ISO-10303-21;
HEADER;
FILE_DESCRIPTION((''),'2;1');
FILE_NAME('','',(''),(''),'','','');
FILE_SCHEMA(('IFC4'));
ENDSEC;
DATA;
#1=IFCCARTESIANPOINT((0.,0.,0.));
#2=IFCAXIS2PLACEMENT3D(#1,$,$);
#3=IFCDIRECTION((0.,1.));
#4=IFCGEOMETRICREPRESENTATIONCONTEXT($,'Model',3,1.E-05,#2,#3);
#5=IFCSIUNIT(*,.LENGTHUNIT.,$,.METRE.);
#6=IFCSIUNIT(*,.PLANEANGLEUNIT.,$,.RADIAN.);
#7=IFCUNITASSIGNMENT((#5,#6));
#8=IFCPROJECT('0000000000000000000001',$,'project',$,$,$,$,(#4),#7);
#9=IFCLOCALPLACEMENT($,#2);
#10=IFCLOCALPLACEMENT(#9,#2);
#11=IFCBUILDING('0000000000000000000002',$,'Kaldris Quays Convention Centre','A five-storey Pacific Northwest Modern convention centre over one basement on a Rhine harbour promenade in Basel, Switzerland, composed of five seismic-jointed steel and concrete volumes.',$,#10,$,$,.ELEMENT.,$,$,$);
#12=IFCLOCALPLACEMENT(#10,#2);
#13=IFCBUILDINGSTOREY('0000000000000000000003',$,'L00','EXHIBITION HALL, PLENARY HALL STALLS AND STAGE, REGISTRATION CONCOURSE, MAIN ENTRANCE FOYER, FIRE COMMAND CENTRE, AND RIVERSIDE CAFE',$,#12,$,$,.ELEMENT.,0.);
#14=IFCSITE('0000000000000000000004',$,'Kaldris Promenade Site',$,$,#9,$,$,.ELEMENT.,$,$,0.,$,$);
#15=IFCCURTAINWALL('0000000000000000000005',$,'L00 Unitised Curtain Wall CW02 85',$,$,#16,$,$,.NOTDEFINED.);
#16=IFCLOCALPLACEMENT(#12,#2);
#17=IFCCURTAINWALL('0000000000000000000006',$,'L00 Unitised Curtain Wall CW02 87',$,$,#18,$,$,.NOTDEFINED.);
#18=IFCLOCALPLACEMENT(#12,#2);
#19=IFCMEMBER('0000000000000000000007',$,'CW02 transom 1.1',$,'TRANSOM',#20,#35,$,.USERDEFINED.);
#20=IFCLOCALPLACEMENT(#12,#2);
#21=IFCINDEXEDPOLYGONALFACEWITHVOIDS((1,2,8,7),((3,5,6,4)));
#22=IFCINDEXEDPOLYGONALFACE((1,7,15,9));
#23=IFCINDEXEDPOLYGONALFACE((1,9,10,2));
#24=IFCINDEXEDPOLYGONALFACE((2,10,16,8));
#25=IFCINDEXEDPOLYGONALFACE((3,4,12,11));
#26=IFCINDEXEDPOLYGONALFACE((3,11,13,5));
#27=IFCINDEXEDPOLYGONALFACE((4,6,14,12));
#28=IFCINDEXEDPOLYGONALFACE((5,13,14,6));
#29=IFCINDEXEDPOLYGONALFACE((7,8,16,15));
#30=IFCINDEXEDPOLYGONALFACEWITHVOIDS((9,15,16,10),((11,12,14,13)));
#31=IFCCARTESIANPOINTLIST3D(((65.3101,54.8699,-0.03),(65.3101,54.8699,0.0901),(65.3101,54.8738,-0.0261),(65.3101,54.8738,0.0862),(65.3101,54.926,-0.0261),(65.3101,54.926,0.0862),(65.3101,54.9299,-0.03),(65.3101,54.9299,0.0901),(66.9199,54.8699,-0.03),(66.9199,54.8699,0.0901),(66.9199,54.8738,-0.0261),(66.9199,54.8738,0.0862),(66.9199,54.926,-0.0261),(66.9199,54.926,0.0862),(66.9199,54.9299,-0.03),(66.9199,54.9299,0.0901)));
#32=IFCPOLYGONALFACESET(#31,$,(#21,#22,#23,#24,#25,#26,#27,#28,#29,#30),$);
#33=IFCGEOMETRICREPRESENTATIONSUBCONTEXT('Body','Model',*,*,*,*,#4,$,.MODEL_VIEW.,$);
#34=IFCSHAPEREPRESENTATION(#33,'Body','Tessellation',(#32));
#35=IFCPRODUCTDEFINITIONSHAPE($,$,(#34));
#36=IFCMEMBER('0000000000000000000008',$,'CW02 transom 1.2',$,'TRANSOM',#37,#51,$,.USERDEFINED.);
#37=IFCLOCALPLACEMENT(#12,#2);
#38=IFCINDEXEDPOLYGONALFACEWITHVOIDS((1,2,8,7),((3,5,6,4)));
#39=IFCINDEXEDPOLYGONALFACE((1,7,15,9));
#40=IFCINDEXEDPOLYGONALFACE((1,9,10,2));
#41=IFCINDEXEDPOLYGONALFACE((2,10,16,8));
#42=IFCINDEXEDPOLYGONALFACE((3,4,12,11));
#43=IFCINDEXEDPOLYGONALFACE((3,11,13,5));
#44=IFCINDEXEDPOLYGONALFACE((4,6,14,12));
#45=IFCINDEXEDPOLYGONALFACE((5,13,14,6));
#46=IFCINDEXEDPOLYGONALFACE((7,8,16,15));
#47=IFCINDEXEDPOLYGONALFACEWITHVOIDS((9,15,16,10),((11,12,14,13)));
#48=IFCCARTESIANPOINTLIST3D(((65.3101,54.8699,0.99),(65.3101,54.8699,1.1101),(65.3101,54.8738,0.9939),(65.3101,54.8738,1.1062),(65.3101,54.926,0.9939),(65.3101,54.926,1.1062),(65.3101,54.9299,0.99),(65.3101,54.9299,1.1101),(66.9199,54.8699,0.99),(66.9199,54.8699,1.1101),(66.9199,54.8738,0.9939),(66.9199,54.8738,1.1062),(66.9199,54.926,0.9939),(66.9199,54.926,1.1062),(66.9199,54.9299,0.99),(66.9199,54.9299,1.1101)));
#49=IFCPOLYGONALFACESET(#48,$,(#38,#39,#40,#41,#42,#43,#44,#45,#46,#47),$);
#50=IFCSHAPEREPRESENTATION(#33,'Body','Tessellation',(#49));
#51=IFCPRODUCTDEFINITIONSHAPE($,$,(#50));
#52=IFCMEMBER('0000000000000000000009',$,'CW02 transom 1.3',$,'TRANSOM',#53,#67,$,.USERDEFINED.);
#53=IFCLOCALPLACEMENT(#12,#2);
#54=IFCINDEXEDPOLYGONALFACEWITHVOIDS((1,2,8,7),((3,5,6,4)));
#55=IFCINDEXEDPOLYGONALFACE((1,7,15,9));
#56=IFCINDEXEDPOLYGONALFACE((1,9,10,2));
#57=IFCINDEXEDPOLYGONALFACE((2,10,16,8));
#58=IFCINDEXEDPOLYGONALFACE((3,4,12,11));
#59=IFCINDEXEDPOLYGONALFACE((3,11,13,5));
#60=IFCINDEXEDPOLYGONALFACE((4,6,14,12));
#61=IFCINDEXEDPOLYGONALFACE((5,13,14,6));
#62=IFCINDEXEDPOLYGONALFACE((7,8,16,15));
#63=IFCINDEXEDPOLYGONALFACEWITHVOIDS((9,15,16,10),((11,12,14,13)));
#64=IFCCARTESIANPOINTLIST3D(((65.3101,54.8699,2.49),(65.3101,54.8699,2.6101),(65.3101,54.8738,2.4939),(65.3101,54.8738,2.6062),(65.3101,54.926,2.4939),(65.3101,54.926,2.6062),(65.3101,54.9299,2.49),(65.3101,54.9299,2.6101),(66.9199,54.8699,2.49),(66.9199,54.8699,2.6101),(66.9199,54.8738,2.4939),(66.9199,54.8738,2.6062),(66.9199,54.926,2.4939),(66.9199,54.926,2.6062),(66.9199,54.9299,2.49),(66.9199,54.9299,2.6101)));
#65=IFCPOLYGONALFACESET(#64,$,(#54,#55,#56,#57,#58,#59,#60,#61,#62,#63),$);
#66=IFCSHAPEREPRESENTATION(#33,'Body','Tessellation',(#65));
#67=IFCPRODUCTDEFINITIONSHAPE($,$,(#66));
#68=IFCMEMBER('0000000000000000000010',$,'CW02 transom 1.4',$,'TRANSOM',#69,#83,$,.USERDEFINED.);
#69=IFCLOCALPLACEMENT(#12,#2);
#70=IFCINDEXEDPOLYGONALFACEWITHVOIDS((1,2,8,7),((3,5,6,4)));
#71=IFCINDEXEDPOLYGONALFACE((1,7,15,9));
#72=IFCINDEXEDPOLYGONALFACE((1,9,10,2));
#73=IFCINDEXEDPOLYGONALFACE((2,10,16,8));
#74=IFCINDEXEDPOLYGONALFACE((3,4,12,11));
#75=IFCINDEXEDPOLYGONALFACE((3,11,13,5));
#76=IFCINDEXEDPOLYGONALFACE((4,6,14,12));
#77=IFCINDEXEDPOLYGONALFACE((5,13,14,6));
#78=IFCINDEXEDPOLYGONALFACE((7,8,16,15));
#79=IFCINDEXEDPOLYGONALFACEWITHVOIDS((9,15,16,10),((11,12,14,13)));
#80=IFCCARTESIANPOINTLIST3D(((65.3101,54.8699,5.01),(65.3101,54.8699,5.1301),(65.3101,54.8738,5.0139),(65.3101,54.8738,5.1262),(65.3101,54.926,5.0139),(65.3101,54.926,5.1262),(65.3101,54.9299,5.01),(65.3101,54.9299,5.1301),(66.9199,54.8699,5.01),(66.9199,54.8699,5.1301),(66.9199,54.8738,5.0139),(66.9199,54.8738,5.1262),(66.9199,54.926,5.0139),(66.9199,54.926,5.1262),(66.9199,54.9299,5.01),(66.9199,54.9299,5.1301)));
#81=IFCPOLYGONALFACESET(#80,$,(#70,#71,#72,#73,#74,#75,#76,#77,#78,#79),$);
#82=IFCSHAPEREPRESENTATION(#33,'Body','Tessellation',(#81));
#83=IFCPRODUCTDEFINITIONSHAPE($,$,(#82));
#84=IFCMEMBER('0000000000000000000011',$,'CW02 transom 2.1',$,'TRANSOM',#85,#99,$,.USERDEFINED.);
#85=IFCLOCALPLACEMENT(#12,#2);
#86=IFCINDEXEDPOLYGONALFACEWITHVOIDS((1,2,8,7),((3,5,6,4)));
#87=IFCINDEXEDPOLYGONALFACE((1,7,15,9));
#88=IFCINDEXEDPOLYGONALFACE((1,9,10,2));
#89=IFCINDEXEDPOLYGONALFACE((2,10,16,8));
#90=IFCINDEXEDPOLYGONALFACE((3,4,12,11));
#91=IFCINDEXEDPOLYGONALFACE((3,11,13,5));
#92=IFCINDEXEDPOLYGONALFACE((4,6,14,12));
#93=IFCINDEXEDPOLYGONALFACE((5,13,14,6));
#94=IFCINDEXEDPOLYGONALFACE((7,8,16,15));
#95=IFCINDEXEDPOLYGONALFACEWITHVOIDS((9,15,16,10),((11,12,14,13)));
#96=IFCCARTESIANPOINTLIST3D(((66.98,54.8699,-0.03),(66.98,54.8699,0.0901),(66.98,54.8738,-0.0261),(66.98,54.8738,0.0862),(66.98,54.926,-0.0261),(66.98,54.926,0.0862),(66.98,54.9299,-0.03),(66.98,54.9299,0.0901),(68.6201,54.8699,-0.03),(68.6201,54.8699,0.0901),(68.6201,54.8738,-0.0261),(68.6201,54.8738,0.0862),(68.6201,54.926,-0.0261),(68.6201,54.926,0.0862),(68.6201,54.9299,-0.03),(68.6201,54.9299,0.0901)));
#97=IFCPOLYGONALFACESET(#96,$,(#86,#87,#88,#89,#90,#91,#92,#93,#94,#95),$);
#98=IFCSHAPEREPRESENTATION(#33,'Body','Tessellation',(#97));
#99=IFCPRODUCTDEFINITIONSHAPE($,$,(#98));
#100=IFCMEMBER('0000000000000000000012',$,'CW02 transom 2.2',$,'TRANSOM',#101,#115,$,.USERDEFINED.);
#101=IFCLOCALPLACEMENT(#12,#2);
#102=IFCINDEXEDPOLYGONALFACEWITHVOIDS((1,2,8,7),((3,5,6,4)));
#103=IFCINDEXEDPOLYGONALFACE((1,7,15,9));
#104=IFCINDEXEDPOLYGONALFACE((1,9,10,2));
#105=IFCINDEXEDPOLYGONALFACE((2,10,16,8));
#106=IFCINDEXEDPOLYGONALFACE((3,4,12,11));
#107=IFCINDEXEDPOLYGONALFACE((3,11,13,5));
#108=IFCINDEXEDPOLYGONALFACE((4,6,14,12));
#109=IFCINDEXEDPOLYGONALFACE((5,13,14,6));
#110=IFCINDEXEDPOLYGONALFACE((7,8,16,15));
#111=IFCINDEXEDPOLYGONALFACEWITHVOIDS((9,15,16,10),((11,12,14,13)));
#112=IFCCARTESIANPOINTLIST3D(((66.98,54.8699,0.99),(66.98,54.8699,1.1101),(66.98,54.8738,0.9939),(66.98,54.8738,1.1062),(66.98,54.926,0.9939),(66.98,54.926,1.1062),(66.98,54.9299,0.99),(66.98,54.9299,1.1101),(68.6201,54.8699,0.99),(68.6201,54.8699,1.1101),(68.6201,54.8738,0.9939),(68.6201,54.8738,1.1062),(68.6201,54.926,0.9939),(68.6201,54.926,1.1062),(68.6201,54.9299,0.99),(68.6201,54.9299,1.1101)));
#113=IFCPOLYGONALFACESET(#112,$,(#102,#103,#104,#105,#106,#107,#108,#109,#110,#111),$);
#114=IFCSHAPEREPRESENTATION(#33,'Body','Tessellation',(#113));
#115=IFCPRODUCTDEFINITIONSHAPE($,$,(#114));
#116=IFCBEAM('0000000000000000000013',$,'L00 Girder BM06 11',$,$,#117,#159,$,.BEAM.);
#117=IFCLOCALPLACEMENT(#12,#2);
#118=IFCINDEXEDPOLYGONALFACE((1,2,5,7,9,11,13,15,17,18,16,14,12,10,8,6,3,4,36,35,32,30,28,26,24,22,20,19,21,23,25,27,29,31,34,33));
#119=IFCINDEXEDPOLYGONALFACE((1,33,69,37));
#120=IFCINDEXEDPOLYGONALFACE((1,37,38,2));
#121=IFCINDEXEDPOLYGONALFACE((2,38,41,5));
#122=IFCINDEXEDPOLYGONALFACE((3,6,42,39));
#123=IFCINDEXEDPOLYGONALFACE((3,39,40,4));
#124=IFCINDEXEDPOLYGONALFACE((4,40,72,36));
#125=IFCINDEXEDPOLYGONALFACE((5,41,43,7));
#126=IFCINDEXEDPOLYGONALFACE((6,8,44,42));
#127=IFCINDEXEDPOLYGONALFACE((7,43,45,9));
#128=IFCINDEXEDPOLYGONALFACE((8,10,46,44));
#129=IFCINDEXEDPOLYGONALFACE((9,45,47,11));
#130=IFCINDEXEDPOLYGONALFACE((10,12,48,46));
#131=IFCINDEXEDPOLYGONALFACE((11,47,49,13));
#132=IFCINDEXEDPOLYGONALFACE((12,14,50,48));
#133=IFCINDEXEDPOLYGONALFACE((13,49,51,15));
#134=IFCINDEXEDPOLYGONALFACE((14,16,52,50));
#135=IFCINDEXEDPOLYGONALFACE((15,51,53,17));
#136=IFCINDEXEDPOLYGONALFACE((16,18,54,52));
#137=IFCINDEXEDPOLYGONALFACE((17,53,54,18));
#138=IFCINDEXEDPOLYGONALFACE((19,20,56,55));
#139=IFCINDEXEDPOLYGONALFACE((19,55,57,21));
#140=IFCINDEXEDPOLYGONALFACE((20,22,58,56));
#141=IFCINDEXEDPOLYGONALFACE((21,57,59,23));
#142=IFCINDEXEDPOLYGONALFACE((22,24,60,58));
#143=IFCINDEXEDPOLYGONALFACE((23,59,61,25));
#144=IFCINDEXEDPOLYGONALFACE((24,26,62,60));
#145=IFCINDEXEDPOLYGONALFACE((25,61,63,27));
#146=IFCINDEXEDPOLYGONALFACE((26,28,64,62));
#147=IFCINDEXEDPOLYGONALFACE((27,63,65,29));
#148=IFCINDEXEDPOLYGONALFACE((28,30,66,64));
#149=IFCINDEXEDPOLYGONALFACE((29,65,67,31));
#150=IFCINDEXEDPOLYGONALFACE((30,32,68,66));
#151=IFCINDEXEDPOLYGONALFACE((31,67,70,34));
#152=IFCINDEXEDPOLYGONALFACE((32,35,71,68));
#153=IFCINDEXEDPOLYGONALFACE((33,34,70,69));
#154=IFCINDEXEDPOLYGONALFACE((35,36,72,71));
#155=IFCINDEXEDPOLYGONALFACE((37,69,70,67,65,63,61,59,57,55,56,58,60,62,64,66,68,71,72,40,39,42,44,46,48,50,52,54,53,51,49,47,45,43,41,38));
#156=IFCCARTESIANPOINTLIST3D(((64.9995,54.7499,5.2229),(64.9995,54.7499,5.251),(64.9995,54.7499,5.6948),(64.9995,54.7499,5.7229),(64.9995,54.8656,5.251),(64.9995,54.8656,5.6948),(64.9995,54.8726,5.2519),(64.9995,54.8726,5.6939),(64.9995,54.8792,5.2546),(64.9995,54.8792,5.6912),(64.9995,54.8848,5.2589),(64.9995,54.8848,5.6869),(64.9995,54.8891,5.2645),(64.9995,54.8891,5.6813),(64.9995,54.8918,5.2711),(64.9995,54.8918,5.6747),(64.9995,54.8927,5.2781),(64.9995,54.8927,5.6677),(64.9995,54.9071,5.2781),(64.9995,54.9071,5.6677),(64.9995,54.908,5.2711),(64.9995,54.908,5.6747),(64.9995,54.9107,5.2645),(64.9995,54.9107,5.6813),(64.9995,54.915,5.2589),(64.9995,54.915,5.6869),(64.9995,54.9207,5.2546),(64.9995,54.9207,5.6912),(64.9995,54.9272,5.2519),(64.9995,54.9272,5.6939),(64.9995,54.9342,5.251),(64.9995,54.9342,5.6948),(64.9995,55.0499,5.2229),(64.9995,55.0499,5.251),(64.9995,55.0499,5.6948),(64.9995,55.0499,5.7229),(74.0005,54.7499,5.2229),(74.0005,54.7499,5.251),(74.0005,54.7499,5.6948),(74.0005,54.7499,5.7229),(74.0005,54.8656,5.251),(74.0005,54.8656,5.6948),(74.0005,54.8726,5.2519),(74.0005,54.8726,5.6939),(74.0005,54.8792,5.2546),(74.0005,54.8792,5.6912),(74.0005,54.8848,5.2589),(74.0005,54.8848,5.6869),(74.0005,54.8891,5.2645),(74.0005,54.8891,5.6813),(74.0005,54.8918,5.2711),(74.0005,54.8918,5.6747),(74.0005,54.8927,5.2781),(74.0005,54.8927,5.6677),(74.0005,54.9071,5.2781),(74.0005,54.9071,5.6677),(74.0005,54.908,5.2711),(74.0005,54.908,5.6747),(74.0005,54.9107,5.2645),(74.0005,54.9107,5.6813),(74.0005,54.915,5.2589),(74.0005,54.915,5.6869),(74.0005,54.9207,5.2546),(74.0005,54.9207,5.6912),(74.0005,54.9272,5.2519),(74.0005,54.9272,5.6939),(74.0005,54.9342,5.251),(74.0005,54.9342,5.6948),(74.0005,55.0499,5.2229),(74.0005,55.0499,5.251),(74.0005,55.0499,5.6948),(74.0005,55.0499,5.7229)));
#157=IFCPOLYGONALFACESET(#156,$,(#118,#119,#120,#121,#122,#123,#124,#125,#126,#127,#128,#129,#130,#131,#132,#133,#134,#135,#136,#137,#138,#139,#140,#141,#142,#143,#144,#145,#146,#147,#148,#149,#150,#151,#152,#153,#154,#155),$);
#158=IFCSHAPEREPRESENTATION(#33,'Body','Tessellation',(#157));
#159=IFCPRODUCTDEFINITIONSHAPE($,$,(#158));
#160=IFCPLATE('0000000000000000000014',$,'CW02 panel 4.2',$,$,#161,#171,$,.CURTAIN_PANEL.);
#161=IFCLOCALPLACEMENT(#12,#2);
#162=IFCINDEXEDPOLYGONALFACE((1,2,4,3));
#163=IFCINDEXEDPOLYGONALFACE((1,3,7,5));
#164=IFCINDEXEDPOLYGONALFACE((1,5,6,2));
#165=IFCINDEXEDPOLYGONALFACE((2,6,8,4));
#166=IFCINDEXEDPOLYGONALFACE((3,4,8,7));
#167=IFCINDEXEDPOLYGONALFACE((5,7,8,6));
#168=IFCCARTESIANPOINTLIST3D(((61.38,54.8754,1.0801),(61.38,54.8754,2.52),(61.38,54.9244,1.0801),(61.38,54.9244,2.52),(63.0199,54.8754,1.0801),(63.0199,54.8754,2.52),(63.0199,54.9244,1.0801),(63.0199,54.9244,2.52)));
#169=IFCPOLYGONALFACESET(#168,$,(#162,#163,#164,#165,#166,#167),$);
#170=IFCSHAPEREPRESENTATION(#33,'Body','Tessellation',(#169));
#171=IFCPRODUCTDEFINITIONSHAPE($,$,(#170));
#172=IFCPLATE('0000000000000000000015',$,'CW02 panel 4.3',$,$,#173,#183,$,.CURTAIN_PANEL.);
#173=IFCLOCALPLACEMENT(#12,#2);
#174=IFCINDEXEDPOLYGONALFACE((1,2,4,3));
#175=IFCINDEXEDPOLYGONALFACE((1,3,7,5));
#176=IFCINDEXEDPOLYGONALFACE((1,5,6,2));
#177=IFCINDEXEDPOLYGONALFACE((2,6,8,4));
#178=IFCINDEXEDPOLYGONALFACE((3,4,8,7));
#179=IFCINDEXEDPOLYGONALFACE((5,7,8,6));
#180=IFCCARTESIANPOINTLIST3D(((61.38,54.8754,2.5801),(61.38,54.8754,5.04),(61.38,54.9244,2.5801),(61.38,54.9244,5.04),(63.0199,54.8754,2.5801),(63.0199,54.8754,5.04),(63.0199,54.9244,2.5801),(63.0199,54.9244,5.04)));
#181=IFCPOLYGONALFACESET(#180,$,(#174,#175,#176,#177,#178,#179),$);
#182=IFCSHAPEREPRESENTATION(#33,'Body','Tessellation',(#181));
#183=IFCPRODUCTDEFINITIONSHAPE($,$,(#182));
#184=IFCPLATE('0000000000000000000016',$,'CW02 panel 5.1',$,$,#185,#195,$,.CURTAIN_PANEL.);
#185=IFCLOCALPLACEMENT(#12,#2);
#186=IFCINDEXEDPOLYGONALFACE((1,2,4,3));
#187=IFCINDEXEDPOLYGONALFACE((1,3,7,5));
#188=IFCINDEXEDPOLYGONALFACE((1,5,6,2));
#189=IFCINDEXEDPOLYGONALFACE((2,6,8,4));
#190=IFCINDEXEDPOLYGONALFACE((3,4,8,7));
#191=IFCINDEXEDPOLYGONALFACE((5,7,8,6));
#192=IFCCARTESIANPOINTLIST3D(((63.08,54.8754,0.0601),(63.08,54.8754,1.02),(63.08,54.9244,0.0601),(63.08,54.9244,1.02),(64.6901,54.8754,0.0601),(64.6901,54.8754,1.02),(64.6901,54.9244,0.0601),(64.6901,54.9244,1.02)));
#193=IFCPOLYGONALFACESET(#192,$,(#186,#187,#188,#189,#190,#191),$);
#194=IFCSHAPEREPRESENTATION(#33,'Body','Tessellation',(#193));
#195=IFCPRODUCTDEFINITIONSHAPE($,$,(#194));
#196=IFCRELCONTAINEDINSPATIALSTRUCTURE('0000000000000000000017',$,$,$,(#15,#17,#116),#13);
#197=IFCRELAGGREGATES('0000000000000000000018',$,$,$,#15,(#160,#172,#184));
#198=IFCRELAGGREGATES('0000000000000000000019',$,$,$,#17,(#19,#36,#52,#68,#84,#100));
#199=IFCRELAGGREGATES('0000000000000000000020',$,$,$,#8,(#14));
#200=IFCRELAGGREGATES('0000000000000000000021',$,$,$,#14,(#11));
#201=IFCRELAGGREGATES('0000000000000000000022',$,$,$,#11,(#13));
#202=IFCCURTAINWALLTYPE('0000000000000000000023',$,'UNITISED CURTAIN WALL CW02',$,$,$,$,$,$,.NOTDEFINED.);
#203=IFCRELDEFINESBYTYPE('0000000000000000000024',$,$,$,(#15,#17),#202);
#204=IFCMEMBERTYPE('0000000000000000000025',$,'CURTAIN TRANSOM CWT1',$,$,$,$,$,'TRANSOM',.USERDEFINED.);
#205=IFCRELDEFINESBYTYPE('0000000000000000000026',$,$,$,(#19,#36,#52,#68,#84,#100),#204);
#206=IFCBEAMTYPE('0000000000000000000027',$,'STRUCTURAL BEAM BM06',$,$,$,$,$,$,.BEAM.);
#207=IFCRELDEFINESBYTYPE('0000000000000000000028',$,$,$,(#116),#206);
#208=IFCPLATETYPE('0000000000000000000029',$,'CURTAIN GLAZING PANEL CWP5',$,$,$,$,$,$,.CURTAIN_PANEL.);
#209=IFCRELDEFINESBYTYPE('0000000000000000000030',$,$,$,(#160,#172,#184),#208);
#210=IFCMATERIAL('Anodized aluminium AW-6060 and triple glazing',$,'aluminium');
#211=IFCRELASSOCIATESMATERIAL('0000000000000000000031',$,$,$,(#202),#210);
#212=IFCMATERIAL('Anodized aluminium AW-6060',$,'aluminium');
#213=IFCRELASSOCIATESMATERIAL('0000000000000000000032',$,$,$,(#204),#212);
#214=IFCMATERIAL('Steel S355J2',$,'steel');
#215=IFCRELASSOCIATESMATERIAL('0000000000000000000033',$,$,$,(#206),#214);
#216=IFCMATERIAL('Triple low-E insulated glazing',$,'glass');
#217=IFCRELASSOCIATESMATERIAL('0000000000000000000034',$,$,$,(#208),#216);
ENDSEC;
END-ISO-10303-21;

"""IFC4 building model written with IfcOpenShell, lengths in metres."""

from ifc_helpers import new_model, si_unit, direction, frame, origin, origin_2d, place, context, subcontext, project, spatial, rectangle, hollow_rectangle, i_section, extrude, material, material_profile, profile_set, type_object, element, aggregate, save


model = new_model("IFC4")

# Units and contexts
model_context = context("Model", 3, precision=1e-05, world=origin(), true_north=direction((0.0, 1.0)))
body_context = subcontext(model_context, "Body", "Model", "MODEL_VIEW")
ifc_project = project(units=[si_unit("LENGTHUNIT", "METRE"), si_unit("PLANEANGLEUNIT", "RADIAN")], contexts=[model_context])

# Site, building, storey
site_placement = place(None, origin())
site = spatial("IfcSite", under=ifc_project, at=site_placement, Name="Kaldris Promenade Site", CompositionType="ELEMENT", RefElevation=0.0)
building_placement = place(site_placement, origin())
building = spatial("IfcBuilding", under=site, at=building_placement, Name="Kaldris Quays Convention Centre", Description="A five-storey Pacific Northwest Modern convention centre over one basement on a Rhine harbour promenade in Basel, Switzerland, composed of five seismic-jointed steel and concrete volumes.", CompositionType="ELEMENT")
storey_placement = place(building_placement, origin())
storey = spatial("IfcBuildingStorey", under=building, at=storey_placement, Name="L00", Description="EXHIBITION HALL, PLENARY HALL STALLS AND STAGE, REGISTRATION CONCOURSE, MAIN ENTRANCE FOYER, FIRE COMMAND CENTRE, AND RIVERSIDE CAFE", CompositionType="ELEMENT", Elevation=0.0)

# Shared definitions
ifc_material_1 = material(Name="Steel S355J2", Category="steel")

# Curtain walls
ifc_material_2 = material(Name="Anodized aluminium AW-6060 and triple glazing", Category="aluminium")
curtain_wall_type = type_object("IfcCurtainWallType", Name="UNITISED CURTAIN WALL CW02", PredefinedType="NOTDEFINED", material=ifc_material_2)
curtain_wall_1_placement = place(storey_placement, origin())
curtain_wall_1 = element("IfcCurtainWall", 1, at=curtain_wall_1_placement, inside=storey, type_object=curtain_wall_type, Name="L00 Unitised Curtain Wall CW02 85", PredefinedType="NOTDEFINED")
ifc_material_3 = material(Name="Anodized aluminium AW-6060", Category="aluminium")
curtain_wall_2_placement = place(storey_placement, origin())
curtain_wall_2 = element("IfcCurtainWall", 2, at=curtain_wall_2_placement, inside=storey, type_object=curtain_wall_type, Name="L00 Unitised Curtain Wall CW02 87", PredefinedType="NOTDEFINED")

# Members
ifc_material_profile_1 = material_profile(ifc_material_3, hollow_rectangle(XDim=0.0601, YDim=0.1201, WallThickness=0.0039, at=origin_2d()), Name="RHS 120x60x4")
ifc_profile_set_1 = profile_set([ifc_material_profile_1], Name="Anodized aluminium AW-6060")
member_type_1 = type_object("IfcMemberType", Name="CURTAIN TRANSOM CWT1", ElementType="TRANSOM", PredefinedType="USERDEFINED", material=ifc_profile_set_1)
member_1_placement = place(storey_placement, frame((65.3101, 54.8999, 0.03), z_axis=(1.0, 0.0, 0.0), x_axis=(0.0, 1.0, 0.0)))
member_1 = element("IfcMember", 3, at=member_1_placement, type_object=member_type_1, Name="CW02 transom 1.1", ObjectType="TRANSOM", PredefinedType="USERDEFINED", context=body_context, shape_type="SweptSolid", body=[
    extrude(hollow_rectangle(XDim=0.0601, YDim=0.1201, WallThickness=0.0039, at=origin_2d()), origin(), (0.0, 0.0, 1.0), 1.6099),
])
member_2_placement = place(storey_placement, frame((65.3101, 54.8999, 1.05), z_axis=(1.0, 0.0, 0.0), x_axis=(0.0, 1.0, 0.0)))
member_2 = element("IfcMember", 4, at=member_2_placement, type_object=member_type_1, Name="CW02 transom 1.2", ObjectType="TRANSOM", PredefinedType="USERDEFINED", context=body_context, shape_type="SweptSolid", body=[
    extrude(hollow_rectangle(XDim=0.0601, YDim=0.1201, WallThickness=0.0039, at=origin_2d()), origin(), (0.0, 0.0, 1.0), 1.6099),
])
member_3_placement = place(storey_placement, frame((65.3101, 54.8999, 2.55), z_axis=(1.0, 0.0, 0.0), x_axis=(0.0, 1.0, 0.0)))
member_3 = element("IfcMember", 5, at=member_3_placement, type_object=member_type_1, Name="CW02 transom 1.3", ObjectType="TRANSOM", PredefinedType="USERDEFINED", context=body_context, shape_type="SweptSolid", body=[
    extrude(hollow_rectangle(XDim=0.0601, YDim=0.1201, WallThickness=0.0039, at=origin_2d()), origin(), (0.0, 0.0, 1.0), 1.6099),
])
member_4_placement = place(storey_placement, frame((65.3101, 54.8999, 5.0701), z_axis=(1.0, 0.0, 0.0), x_axis=(0.0, 1.0, 0.0)))
member_4 = element("IfcMember", 6, at=member_4_placement, type_object=member_type_1, Name="CW02 transom 1.4", ObjectType="TRANSOM", PredefinedType="USERDEFINED", context=body_context, shape_type="SweptSolid", body=[
    extrude(hollow_rectangle(XDim=0.0601, YDim=0.1201, WallThickness=0.0039, at=origin_2d()), origin(), (0.0, 0.0, 1.0), 1.6099),
])
member_5_placement = place(storey_placement, frame((66.98, 54.8999, 0.03), z_axis=(1.0, 0.0, 0.0), x_axis=(0.0, 1.0, 0.0)))
member_5 = element("IfcMember", 7, at=member_5_placement, type_object=member_type_1, Name="CW02 transom 2.1", ObjectType="TRANSOM", PredefinedType="USERDEFINED", context=body_context, shape_type="SweptSolid", body=[
    extrude(hollow_rectangle(XDim=0.0601, YDim=0.1201, WallThickness=0.0039, at=origin_2d()), origin(), (0.0, 0.0, 1.0), 1.6401),
])
member_6_placement = place(storey_placement, frame((66.98, 54.8999, 1.05), z_axis=(1.0, 0.0, 0.0), x_axis=(0.0, 1.0, 0.0)))
member_6 = element("IfcMember", 8, at=member_6_placement, type_object=member_type_1, Name="CW02 transom 2.2", ObjectType="TRANSOM", PredefinedType="USERDEFINED", context=body_context, shape_type="SweptSolid", body=[
    extrude(hollow_rectangle(XDim=0.0601, YDim=0.1201, WallThickness=0.0039, at=origin_2d()), origin(), (0.0, 0.0, 1.0), 1.6401),
])

# Beam
ifc_material_profile_2 = material_profile(ifc_material_1, i_section(OverallWidth=0.3, OverallDepth=0.5, WebThickness=0.0144, FlangeThickness=0.0281, FilletRadius=0.0271, at=origin_2d()), Name="HEB 500")
ifc_profile_set_2 = profile_set([ifc_material_profile_2], Name="Steel S355J2")
beam_type = type_object("IfcBeamType", Name="STRUCTURAL BEAM BM06", PredefinedType="BEAM", material=ifc_profile_set_2)
beam_placement = place(storey_placement, frame((64.9995, 54.8999, 5.4729), z_axis=(1.0, 0.0, 0.0), x_axis=(0.0, 1.0, 0.0)))
element("IfcBeam", 9, at=beam_placement, inside=storey, type_object=beam_type, Name="L00 Girder BM06 11", PredefinedType="BEAM", context=body_context, shape_type="SweptSolid", body=[
    extrude(i_section(OverallWidth=0.3, OverallDepth=0.5, WebThickness=0.0144, FlangeThickness=0.0281, FilletRadius=0.0271, at=origin_2d()), origin(), (0.0, 0.0, 1.0), 9.001),
])

# Plates
ifc_material_4 = material(Name="Triple low-E insulated glazing", Category="glass")
plate_type_1 = type_object("IfcPlateType", Name="CURTAIN GLAZING PANEL CWP5", PredefinedType="CURTAIN_PANEL", material=ifc_material_4)
plate_1_placement = place(storey_placement, frame((62.2, 54.8999, 1.0801), z_axis=(0.0, 0.0, 1.0), x_axis=(1.0, 0.0, 0.0)))
plate_1 = element("IfcPlate", 10, at=plate_1_placement, type_object=plate_type_1, Name="CW02 panel 4.2", PredefinedType="CURTAIN_PANEL", context=body_context, shape_type="SweptSolid", body=[
    extrude(rectangle(XDim=1.6399, YDim=0.0491, at=origin_2d()), origin(), (0.0, 0.0, 1.0), 1.4399),
])
plate_2_placement = place(storey_placement, frame((62.2, 54.8999, 2.5801), z_axis=(0.0, 0.0, 1.0), x_axis=(1.0, 0.0, 0.0)))
plate_2 = element("IfcPlate", 11, at=plate_2_placement, type_object=plate_type_1, Name="CW02 panel 4.3", PredefinedType="CURTAIN_PANEL", context=body_context, shape_type="SweptSolid", body=[
    extrude(rectangle(XDim=1.6399, YDim=0.0491, at=origin_2d()), origin(), (0.0, 0.0, 1.0), 2.46),
])
plate_3_placement = place(storey_placement, frame((63.885, 54.8999, 0.0601), z_axis=(0.0, 0.0, 1.0), x_axis=(1.0, 0.0, 0.0)))
plate_3 = element("IfcPlate", 12, at=plate_3_placement, type_object=plate_type_1, Name="CW02 panel 5.1", PredefinedType="CURTAIN_PANEL", context=body_context, shape_type="SweptSolid", body=[
    extrude(rectangle(XDim=1.6101, YDim=0.0491, at=origin_2d()), origin(), (0.0, 0.0, 1.0), 0.96),
])
aggregate(curtain_wall_1, [plate_1, plate_2, plate_3])
aggregate(curtain_wall_2, [member_1, member_2, member_3, member_4, member_5, member_6])

save(model, "model.ifc")
